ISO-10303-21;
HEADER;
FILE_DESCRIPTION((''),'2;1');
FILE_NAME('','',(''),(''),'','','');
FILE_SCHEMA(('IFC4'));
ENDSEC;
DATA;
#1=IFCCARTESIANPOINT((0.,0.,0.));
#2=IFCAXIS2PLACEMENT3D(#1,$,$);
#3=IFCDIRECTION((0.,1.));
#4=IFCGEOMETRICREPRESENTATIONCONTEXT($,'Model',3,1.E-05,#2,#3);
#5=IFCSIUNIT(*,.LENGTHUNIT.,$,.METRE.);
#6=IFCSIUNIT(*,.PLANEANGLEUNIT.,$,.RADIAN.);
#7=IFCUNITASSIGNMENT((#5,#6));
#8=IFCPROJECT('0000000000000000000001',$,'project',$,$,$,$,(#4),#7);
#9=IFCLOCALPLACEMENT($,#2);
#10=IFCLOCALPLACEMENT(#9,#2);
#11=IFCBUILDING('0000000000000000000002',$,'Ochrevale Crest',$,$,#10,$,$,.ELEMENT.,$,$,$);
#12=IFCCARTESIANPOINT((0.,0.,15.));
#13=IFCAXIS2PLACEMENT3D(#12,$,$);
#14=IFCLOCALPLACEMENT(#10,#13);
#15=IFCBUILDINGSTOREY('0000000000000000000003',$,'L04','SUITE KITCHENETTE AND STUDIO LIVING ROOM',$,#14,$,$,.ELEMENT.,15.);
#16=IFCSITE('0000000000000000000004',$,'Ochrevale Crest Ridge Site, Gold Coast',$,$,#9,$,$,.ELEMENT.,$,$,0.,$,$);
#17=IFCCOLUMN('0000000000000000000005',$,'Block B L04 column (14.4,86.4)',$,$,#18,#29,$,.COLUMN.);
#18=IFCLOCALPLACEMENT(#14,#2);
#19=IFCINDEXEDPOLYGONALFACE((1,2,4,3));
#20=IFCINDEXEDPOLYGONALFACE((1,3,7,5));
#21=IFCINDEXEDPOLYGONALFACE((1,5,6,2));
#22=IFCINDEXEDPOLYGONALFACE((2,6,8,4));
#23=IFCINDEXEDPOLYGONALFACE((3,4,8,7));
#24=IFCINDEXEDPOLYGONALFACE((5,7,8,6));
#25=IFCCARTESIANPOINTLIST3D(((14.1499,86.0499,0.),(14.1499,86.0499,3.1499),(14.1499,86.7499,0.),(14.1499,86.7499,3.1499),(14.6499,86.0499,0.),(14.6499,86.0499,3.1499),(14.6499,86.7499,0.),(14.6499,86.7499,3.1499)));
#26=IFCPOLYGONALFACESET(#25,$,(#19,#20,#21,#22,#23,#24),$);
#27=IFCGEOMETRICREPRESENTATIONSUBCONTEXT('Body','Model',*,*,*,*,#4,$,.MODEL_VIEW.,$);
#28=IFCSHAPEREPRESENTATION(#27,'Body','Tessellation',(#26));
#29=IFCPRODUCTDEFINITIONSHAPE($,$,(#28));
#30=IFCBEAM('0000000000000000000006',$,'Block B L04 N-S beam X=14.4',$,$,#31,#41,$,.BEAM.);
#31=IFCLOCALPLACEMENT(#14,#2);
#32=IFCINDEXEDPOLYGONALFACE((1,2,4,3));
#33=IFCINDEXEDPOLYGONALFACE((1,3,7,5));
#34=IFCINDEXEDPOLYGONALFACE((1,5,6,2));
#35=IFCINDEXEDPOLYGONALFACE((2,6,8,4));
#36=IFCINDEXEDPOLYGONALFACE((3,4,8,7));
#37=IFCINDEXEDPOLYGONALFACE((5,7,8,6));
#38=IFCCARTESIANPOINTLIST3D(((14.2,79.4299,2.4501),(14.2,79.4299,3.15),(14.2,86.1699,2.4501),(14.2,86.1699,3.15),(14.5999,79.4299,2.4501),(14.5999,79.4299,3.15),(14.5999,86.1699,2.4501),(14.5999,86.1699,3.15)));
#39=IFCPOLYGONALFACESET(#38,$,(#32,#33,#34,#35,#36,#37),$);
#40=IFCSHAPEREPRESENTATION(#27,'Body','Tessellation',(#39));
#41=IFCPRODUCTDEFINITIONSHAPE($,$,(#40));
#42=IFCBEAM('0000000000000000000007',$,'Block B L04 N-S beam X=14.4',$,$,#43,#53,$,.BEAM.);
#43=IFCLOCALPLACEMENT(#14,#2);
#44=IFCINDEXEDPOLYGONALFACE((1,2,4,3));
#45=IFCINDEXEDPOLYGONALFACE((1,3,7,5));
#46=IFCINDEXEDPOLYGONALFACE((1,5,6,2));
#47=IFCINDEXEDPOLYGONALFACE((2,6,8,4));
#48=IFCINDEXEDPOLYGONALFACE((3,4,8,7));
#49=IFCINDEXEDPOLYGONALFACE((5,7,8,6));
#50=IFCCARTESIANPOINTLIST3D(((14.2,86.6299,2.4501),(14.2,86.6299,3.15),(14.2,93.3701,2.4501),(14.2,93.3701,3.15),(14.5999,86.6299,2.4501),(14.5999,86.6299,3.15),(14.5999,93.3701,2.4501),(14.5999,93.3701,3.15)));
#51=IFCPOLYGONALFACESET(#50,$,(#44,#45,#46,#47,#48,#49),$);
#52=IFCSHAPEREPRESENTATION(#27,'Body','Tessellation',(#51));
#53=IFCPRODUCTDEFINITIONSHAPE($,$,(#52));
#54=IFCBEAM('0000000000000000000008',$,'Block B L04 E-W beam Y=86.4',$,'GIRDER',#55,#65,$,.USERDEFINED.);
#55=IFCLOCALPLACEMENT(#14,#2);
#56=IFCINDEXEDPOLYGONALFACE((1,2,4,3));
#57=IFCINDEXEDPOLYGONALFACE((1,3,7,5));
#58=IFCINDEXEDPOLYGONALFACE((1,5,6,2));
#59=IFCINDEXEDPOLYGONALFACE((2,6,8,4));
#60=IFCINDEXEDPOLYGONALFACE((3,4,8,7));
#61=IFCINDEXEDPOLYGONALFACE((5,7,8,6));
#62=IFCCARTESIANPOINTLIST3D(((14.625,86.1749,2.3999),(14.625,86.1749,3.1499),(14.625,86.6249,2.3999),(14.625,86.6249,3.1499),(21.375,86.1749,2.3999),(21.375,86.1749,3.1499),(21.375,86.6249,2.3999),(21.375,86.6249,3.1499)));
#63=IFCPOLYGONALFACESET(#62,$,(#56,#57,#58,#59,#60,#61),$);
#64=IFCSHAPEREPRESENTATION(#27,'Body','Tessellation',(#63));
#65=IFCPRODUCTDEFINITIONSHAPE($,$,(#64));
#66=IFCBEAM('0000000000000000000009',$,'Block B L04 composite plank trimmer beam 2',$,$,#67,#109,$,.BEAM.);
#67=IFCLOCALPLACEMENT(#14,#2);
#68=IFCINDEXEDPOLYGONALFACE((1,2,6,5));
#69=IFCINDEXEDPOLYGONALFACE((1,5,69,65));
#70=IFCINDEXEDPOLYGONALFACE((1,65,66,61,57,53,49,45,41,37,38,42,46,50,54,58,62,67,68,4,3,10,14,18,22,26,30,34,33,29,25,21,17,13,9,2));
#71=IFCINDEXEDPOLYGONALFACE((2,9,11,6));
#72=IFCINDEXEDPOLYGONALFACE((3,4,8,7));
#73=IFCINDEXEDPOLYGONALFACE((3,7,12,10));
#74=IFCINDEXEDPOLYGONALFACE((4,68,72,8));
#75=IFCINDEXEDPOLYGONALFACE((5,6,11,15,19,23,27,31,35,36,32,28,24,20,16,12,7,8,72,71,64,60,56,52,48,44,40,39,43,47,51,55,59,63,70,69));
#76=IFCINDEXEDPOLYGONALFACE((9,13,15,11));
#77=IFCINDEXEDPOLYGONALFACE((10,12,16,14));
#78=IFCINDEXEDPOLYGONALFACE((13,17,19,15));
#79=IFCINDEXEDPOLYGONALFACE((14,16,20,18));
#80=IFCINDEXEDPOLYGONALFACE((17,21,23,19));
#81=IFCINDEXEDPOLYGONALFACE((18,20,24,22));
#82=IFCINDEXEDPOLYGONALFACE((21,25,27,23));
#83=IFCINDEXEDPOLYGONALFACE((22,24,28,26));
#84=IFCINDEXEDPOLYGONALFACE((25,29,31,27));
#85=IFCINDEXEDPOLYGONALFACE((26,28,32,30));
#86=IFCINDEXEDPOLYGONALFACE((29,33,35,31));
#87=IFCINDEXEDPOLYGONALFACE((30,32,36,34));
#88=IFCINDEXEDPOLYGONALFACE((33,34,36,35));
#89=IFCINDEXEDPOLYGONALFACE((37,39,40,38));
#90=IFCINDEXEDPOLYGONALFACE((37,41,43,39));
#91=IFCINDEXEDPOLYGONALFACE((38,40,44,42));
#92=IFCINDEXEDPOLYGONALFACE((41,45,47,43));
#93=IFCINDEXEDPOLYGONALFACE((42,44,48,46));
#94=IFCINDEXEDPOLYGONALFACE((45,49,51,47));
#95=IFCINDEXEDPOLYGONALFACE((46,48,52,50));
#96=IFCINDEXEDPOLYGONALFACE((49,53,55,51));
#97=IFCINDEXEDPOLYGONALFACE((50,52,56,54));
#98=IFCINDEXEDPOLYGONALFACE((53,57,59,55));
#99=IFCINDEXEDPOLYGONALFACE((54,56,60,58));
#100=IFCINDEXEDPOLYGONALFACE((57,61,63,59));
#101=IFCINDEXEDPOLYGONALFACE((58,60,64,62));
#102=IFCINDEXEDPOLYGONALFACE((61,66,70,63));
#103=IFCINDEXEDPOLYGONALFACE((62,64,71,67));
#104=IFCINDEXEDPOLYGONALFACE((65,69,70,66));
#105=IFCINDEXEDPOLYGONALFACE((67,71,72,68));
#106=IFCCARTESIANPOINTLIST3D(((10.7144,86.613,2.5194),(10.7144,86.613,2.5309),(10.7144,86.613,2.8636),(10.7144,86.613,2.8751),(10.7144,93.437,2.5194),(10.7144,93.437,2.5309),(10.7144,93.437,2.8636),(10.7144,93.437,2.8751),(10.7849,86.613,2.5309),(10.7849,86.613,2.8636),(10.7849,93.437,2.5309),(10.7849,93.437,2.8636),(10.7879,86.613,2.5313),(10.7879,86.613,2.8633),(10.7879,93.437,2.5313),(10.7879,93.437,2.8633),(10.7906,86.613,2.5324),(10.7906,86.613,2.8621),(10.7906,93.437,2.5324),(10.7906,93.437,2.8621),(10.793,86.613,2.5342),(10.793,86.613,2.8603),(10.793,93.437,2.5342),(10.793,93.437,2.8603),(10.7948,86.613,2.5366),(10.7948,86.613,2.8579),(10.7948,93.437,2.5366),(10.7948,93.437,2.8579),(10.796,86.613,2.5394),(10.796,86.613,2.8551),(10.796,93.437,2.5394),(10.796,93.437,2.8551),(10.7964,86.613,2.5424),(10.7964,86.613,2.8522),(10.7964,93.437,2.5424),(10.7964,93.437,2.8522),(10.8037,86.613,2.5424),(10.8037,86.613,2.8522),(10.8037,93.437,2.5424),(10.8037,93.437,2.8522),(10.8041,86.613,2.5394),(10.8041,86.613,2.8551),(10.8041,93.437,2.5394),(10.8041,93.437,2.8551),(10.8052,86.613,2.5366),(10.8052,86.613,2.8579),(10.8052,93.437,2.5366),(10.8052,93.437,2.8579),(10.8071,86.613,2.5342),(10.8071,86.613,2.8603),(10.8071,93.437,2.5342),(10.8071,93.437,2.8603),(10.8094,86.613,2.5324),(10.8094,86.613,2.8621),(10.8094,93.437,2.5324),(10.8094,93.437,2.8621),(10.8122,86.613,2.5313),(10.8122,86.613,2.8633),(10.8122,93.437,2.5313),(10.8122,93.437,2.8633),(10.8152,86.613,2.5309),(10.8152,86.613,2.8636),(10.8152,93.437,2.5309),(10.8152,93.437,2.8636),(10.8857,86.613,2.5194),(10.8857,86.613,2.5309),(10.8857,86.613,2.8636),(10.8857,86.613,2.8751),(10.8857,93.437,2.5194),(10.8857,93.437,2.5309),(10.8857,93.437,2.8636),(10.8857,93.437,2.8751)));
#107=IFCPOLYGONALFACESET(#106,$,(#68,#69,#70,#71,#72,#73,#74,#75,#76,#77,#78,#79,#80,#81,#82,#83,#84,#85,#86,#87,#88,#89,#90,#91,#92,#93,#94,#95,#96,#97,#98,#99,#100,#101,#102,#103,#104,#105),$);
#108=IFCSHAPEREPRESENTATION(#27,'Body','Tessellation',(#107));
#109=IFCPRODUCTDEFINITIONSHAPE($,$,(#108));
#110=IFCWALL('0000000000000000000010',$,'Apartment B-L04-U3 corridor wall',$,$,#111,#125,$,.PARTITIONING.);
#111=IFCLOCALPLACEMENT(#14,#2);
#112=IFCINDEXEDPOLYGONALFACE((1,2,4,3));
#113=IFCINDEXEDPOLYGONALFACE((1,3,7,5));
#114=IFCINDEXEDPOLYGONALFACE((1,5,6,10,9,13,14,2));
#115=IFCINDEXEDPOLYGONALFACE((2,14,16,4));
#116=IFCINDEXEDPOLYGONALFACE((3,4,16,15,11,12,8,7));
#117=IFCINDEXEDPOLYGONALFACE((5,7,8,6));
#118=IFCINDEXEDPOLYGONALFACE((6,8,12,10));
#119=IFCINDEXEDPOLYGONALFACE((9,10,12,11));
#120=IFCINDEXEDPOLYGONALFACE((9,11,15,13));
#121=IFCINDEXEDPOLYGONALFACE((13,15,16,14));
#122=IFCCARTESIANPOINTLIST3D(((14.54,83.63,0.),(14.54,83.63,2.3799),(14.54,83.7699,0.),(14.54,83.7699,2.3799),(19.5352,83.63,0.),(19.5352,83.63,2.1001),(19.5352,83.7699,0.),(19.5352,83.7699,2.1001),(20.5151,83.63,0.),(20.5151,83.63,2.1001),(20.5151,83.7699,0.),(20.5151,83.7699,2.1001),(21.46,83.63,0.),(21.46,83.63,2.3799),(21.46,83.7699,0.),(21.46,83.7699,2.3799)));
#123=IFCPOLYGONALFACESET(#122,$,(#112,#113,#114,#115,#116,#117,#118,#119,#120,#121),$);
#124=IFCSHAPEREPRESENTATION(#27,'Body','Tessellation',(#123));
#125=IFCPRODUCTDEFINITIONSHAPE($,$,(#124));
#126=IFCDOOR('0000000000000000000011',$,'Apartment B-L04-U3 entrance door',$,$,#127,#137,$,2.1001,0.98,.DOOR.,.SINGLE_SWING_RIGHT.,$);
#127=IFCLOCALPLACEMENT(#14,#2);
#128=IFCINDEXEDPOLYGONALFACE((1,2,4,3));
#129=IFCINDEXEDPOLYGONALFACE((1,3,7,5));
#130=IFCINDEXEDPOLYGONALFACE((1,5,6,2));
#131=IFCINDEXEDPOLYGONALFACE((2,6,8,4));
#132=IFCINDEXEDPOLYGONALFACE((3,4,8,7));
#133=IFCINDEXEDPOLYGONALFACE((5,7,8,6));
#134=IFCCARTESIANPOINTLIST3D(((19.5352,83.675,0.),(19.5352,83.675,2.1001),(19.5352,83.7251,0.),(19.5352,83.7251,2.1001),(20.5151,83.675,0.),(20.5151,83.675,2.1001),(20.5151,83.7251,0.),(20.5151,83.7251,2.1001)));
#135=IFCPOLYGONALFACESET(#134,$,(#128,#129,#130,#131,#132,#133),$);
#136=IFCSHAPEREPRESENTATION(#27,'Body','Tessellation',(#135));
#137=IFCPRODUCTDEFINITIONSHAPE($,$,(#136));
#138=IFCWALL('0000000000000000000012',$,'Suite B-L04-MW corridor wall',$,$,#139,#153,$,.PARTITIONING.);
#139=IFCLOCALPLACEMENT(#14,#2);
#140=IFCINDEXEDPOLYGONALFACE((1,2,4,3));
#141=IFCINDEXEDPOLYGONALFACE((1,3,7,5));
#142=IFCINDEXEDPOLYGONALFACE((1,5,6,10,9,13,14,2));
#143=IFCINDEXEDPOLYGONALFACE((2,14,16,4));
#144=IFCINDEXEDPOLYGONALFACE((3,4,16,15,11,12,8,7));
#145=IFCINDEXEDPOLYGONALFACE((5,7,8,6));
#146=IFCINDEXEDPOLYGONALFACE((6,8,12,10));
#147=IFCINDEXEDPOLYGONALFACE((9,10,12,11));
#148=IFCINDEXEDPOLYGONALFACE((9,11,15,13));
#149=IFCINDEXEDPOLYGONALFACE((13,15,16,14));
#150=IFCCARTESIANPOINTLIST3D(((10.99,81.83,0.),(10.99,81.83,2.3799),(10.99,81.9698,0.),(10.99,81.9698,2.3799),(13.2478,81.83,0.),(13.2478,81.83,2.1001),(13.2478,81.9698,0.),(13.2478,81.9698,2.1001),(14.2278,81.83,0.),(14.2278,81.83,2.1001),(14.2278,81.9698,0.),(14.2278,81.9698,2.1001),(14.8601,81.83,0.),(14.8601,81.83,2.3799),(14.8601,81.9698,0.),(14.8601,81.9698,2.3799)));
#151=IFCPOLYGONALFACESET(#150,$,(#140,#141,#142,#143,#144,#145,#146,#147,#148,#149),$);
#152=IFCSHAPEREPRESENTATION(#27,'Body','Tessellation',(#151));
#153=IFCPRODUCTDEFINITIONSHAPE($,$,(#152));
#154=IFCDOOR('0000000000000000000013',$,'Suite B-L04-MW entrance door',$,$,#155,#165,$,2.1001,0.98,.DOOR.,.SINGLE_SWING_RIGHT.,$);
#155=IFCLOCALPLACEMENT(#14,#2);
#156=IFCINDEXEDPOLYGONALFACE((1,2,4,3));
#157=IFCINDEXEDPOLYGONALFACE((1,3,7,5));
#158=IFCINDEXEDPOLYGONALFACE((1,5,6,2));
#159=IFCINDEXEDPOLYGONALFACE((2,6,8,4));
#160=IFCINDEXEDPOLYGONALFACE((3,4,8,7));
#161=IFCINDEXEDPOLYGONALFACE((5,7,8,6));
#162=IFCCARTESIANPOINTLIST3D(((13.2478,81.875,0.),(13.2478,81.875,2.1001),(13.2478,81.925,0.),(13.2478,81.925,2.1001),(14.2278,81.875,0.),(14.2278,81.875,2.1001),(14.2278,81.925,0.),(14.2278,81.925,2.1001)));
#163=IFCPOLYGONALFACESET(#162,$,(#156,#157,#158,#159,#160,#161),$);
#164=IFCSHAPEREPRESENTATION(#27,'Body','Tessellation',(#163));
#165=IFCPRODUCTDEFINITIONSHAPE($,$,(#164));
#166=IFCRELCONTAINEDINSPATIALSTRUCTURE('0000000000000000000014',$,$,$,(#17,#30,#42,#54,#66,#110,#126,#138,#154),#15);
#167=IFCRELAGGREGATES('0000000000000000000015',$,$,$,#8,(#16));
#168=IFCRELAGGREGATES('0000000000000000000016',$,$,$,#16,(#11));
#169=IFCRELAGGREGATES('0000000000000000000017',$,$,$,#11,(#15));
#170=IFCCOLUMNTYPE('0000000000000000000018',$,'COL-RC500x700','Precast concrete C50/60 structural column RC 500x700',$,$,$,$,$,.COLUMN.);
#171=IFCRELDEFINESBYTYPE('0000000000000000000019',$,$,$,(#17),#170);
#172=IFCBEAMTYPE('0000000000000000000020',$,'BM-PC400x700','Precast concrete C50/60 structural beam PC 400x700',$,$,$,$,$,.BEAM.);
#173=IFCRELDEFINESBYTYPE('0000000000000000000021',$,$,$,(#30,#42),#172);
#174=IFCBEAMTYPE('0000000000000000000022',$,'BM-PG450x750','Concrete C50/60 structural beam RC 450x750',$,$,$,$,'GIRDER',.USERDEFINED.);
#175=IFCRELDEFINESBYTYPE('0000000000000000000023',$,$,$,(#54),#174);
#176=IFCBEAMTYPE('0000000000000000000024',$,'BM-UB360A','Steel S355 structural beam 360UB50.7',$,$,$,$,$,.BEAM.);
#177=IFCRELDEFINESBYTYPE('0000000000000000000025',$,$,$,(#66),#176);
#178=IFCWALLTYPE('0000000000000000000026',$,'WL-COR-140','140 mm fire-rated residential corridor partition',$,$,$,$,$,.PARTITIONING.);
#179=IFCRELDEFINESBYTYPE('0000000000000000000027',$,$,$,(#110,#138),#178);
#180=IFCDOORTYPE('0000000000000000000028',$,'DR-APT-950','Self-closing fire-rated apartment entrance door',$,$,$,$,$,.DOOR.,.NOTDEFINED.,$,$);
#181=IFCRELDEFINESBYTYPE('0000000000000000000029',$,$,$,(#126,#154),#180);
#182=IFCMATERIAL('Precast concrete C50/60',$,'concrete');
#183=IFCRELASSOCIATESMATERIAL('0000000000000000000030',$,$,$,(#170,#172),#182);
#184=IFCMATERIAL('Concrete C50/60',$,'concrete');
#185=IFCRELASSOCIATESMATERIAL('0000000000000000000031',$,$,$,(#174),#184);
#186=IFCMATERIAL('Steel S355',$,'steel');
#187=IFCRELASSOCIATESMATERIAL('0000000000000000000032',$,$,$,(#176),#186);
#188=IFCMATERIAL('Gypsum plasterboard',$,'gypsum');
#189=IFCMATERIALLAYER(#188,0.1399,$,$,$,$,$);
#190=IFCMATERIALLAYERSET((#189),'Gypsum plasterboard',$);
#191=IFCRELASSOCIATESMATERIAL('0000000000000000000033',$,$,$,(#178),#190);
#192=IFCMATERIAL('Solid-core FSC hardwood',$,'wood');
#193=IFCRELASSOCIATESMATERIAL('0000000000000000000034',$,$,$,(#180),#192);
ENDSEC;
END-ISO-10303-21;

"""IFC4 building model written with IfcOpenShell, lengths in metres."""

from ifc_helpers import new_model, si_unit, direction, frame, frame_2d, origin, origin_2d, place, context, subcontext, project, spatial, rectangle, i_section, extrude, material, layer, layer_set, material_profile, profile_set, type_object, element, fill, save


model = new_model("IFC4")

# Units and contexts
model_context = context("Model", 3, precision=1e-05, world=origin(), true_north=direction((0.0, 1.0)))
body_context = subcontext(model_context, "Body", "Model", "MODEL_VIEW")
ifc_project = project(units=[si_unit("LENGTHUNIT", "METRE"), si_unit("PLANEANGLEUNIT", "RADIAN")], contexts=[model_context])

# Site, building, storey
site_placement = place(None, origin())
site = spatial("IfcSite", under=ifc_project, at=site_placement, Name="Ochrevale Crest Ridge Site, Gold Coast", CompositionType="ELEMENT", RefElevation=0.0)
building_placement = place(site_placement, origin())
building = spatial("IfcBuilding", under=site, at=building_placement, Name="Ochrevale Crest", CompositionType="ELEMENT")
storey_placement = place(building_placement, frame((0.0, 0.0, 15.0)))
storey = spatial("IfcBuildingStorey", under=building, at=storey_placement, Name="L04", Description="SUITE KITCHENETTE AND STUDIO LIVING ROOM", CompositionType="ELEMENT", Elevation=15.0)

# Column
ifc_material_1 = material(Name="Precast concrete C50/60", Category="concrete")
ifc_material_profile_1 = material_profile(ifc_material_1, rectangle(XDim=0.5, YDim=0.7, at=origin_2d()), Name="RC 500x700")
ifc_profile_set_1 = profile_set([ifc_material_profile_1], Name="Precast concrete C50/60")
column_type = type_object("IfcColumnType", Name="COL-RC500x700", Description="Precast concrete C50/60 structural column RC 500x700", PredefinedType="COLUMN", material=ifc_profile_set_1)
column_placement = place(storey_placement, frame((14.3999, 86.3999, 0.0), z_axis=(0.0, 0.0, 1.0), x_axis=(1.0, 0.0, 0.0)))
element("IfcColumn", 1, at=column_placement, inside=storey, type_object=column_type, Name="Block B L04 column (14.4,86.4)", PredefinedType="COLUMN", context=body_context, shape_type="SweptSolid", body=[
    extrude(rectangle(XDim=0.5, YDim=0.7, at=origin_2d()), origin(), (0.0, 0.0, 1.0), 3.1499),
])

# Beams
ifc_material_profile_2 = material_profile(ifc_material_1, rectangle(XDim=0.3999, YDim=0.7, at=origin_2d()), Name="PC 400x700")
ifc_profile_set_2 = profile_set([ifc_material_profile_2], Name="Precast concrete C50/60")
beam_type_1 = type_object("IfcBeamType", Name="BM-PC400x700", Description="Precast concrete C50/60 structural beam PC 400x700", PredefinedType="BEAM", material=ifc_profile_set_2)
beam_1_placement = place(storey_placement, frame((14.3999, 79.4299, 2.8), z_axis=(0.0, 1.0, 0.0), x_axis=(-1.0, 0.0, 0.0)))
element("IfcBeam", 2, at=beam_1_placement, inside=storey, type_object=beam_type_1, Name="Block B L04 N-S beam X=14.4", PredefinedType="BEAM", context=body_context, shape_type="SweptSolid", body=[
    extrude(rectangle(XDim=0.3999, YDim=0.7, at=origin_2d()), origin(), (0.0, 0.0, 1.0), 6.74),
])
beam_2_placement = place(storey_placement, frame((14.3999, 86.6299, 2.8), z_axis=(0.0, 1.0, 0.0), x_axis=(-1.0, 0.0, 0.0)))
element("IfcBeam", 3, at=beam_2_placement, inside=storey, type_object=beam_type_1, Name="Block B L04 N-S beam X=14.4", PredefinedType="BEAM", context=body_context, shape_type="SweptSolid", body=[
    extrude(rectangle(XDim=0.3999, YDim=0.7, at=origin_2d()), origin(), (0.0, 0.0, 1.0), 6.7402),
])
ifc_material_2 = material(Name="Concrete C50/60", Category="concrete")
ifc_material_profile_3 = material_profile(ifc_material_2, rectangle(XDim=0.45, YDim=0.75, at=origin_2d()), Name="RC 450x750")
ifc_profile_set_3 = profile_set([ifc_material_profile_3], Name="Concrete C50/60")
beam_type_2 = type_object("IfcBeamType", Name="BM-PG450x750", Description="Concrete C50/60 structural beam RC 450x750", ElementType="GIRDER", PredefinedType="USERDEFINED", material=ifc_profile_set_3)
beam_3_placement = place(storey_placement, frame((14.625, 86.3999, 2.7749), z_axis=(1.0, 0.0, 0.0), x_axis=(0.0, 1.0, 0.0)))
element("IfcBeam", 4, at=beam_3_placement, inside=storey, type_object=beam_type_2, Name="Block B L04 E-W beam Y=86.4", ObjectType="GIRDER", PredefinedType="USERDEFINED", context=body_context, shape_type="SweptSolid", body=[
    extrude(rectangle(XDim=0.45, YDim=0.75, at=origin_2d()), origin(), (0.0, 0.0, 1.0), 6.75),
])
ifc_material_3 = material(Name="Steel S355", Category="steel")
ifc_material_profile_4 = material_profile(ifc_material_3, i_section(OverallWidth=0.1714, OverallDepth=0.3557, WebThickness=0.0073, FlangeThickness=0.0115, FilletRadius=0.0115, at=origin_2d()), Name="360UB50.7")
ifc_profile_set_4 = profile_set([ifc_material_profile_4], Name="Steel S355")
beam_type_3 = type_object("IfcBeamType", Name="BM-UB360A", Description="Steel S355 structural beam 360UB50.7", PredefinedType="BEAM", material=ifc_profile_set_4)
beam_4_placement = place(storey_placement, frame((10.8, 86.613, 2.6973), z_axis=(0.0, 1.0, 0.0), x_axis=(-1.0, 0.0, 0.0)))
element("IfcBeam", 5, at=beam_4_placement, inside=storey, type_object=beam_type_3, Name="Block B L04 composite plank trimmer beam 2", PredefinedType="BEAM", context=body_context, shape_type="SweptSolid", body=[
    extrude(i_section(OverallWidth=0.1714, OverallDepth=0.3557, WebThickness=0.0073, FlangeThickness=0.0115, FilletRadius=0.0115, at=origin_2d()), origin(), (0.0, 0.0, 1.0), 6.824),
])

# Walls, openings, doors
ifc_material_4 = material(Name="Gypsum plasterboard", Category="gypsum")
ifc_layer_1 = layer(ifc_material_4, 0.1399)
ifc_layer_set_1 = layer_set([ifc_layer_1], Name="Gypsum plasterboard")
wall_type_1 = type_object("IfcWallType", Name="WL-COR-140", Description="140 mm fire-rated residential corridor partition", PredefinedType="PARTITIONING", material=ifc_layer_set_1)
wall_1_placement = place(storey_placement, frame((14.54, 83.7, 0.0), z_axis=(0.0, 0.0, 1.0), x_axis=(1.0, 0.0, 0.0)))
wall_1 = element("IfcWall", 6, at=wall_1_placement, inside=storey, type_object=wall_type_1, Name="Apartment B-L04-U3 corridor wall", PredefinedType="PARTITIONING", context=body_context, shape_type="SweptSolid", body=[
    extrude(rectangle(XDim=6.9199, YDim=0.1399, at=frame_2d((3.46, 0.0))), origin(), (0.0, 0.0, 1.0), 2.3799),
])
opening_1_placement = place(wall_1_placement, frame((5.9751, 0.0, 0.0), z_axis=(0.0, 0.0, 1.0), x_axis=(-1.0, 0.0, 0.0)))
opening_1 = element("IfcOpeningElement", 7, at=opening_1_placement, cuts=wall_1, PredefinedType="OPENING", context=body_context, shape_type="SweptSolid", body=[
    extrude(rectangle(XDim=0.98, YDim=2.1001, at=frame_2d((0.49, 1.05))), frame((0.0, 0.0801, 0.0), z_axis=(0.0, -1.0, 0.0), x_axis=(1.0, 0.0, 0.0)), (0.0, 0.0, 1.0), 0.1599),
])
ifc_material_5 = material(Name="Solid-core FSC hardwood", Category="wood")
door_type_1 = type_object("IfcDoorType", Name="DR-APT-950", Description="Self-closing fire-rated apartment entrance door", OperationType="NOTDEFINED", PredefinedType="DOOR", material=ifc_material_5)
door_1_placement = place(opening_1_placement, origin())
door_1 = element("IfcDoor", 8, at=door_1_placement, inside=storey, type_object=door_type_1, Name="Apartment B-L04-U3 entrance door", OperationType="SINGLE_SWING_RIGHT", OverallHeight=2.1001, OverallWidth=0.98, PredefinedType="DOOR", context=body_context, shape_type="SweptSolid", body=[
    extrude(rectangle(XDim=0.98, YDim=2.1001, at=frame_2d((0.49, 1.05))), frame((0.0, 0.0249, 0.0), z_axis=(0.0, -1.0, 0.0), x_axis=(1.0, 0.0, 0.0)), (0.0, 0.0, 1.0), 0.05),
])
fill(opening_1, door_1)
wall_2_placement = place(storey_placement, frame((10.99, 81.8999, 0.0), z_axis=(0.0, 0.0, 1.0), x_axis=(1.0, 0.0, 0.0)))
wall_2 = element("IfcWall", 9, at=wall_2_placement, inside=storey, type_object=wall_type_1, Name="Suite B-L04-MW corridor wall", PredefinedType="PARTITIONING", context=body_context, shape_type="SweptSolid", body=[
    extrude(rectangle(XDim=3.8701, YDim=0.1399, at=frame_2d((1.9351, 0.0))), origin(), (0.0, 0.0, 1.0), 2.3799),
])
opening_2_placement = place(wall_2_placement, frame((3.2378, 0.0, 0.0), z_axis=(0.0, 0.0, 1.0), x_axis=(-1.0, 0.0, 0.0)))
opening_2 = element("IfcOpeningElement", 10, at=opening_2_placement, cuts=wall_2, PredefinedType="OPENING", context=body_context, shape_type="SweptSolid", body=[
    extrude(rectangle(XDim=0.98, YDim=2.1001, at=frame_2d((0.49, 1.05))), frame((0.0, 0.0801, 0.0), z_axis=(0.0, -1.0, 0.0), x_axis=(1.0, 0.0, 0.0)), (0.0, 0.0, 1.0), 0.1599),
])
door_2_placement = place(opening_2_placement, origin())
door_2 = element("IfcDoor", 11, at=door_2_placement, inside=storey, type_object=door_type_1, Name="Suite B-L04-MW entrance door", OperationType="SINGLE_SWING_RIGHT", OverallHeight=2.1001, OverallWidth=0.98, PredefinedType="DOOR", context=body_context, shape_type="SweptSolid", body=[
    extrude(rectangle(XDim=0.98, YDim=2.1001, at=frame_2d((0.49, 1.05))), frame((0.0, 0.0249, 0.0), z_axis=(0.0, -1.0, 0.0), x_axis=(1.0, 0.0, 0.0)), (0.0, 0.0, 1.0), 0.05),
])
fill(opening_2, door_2)

save(model, "model.ifc")
